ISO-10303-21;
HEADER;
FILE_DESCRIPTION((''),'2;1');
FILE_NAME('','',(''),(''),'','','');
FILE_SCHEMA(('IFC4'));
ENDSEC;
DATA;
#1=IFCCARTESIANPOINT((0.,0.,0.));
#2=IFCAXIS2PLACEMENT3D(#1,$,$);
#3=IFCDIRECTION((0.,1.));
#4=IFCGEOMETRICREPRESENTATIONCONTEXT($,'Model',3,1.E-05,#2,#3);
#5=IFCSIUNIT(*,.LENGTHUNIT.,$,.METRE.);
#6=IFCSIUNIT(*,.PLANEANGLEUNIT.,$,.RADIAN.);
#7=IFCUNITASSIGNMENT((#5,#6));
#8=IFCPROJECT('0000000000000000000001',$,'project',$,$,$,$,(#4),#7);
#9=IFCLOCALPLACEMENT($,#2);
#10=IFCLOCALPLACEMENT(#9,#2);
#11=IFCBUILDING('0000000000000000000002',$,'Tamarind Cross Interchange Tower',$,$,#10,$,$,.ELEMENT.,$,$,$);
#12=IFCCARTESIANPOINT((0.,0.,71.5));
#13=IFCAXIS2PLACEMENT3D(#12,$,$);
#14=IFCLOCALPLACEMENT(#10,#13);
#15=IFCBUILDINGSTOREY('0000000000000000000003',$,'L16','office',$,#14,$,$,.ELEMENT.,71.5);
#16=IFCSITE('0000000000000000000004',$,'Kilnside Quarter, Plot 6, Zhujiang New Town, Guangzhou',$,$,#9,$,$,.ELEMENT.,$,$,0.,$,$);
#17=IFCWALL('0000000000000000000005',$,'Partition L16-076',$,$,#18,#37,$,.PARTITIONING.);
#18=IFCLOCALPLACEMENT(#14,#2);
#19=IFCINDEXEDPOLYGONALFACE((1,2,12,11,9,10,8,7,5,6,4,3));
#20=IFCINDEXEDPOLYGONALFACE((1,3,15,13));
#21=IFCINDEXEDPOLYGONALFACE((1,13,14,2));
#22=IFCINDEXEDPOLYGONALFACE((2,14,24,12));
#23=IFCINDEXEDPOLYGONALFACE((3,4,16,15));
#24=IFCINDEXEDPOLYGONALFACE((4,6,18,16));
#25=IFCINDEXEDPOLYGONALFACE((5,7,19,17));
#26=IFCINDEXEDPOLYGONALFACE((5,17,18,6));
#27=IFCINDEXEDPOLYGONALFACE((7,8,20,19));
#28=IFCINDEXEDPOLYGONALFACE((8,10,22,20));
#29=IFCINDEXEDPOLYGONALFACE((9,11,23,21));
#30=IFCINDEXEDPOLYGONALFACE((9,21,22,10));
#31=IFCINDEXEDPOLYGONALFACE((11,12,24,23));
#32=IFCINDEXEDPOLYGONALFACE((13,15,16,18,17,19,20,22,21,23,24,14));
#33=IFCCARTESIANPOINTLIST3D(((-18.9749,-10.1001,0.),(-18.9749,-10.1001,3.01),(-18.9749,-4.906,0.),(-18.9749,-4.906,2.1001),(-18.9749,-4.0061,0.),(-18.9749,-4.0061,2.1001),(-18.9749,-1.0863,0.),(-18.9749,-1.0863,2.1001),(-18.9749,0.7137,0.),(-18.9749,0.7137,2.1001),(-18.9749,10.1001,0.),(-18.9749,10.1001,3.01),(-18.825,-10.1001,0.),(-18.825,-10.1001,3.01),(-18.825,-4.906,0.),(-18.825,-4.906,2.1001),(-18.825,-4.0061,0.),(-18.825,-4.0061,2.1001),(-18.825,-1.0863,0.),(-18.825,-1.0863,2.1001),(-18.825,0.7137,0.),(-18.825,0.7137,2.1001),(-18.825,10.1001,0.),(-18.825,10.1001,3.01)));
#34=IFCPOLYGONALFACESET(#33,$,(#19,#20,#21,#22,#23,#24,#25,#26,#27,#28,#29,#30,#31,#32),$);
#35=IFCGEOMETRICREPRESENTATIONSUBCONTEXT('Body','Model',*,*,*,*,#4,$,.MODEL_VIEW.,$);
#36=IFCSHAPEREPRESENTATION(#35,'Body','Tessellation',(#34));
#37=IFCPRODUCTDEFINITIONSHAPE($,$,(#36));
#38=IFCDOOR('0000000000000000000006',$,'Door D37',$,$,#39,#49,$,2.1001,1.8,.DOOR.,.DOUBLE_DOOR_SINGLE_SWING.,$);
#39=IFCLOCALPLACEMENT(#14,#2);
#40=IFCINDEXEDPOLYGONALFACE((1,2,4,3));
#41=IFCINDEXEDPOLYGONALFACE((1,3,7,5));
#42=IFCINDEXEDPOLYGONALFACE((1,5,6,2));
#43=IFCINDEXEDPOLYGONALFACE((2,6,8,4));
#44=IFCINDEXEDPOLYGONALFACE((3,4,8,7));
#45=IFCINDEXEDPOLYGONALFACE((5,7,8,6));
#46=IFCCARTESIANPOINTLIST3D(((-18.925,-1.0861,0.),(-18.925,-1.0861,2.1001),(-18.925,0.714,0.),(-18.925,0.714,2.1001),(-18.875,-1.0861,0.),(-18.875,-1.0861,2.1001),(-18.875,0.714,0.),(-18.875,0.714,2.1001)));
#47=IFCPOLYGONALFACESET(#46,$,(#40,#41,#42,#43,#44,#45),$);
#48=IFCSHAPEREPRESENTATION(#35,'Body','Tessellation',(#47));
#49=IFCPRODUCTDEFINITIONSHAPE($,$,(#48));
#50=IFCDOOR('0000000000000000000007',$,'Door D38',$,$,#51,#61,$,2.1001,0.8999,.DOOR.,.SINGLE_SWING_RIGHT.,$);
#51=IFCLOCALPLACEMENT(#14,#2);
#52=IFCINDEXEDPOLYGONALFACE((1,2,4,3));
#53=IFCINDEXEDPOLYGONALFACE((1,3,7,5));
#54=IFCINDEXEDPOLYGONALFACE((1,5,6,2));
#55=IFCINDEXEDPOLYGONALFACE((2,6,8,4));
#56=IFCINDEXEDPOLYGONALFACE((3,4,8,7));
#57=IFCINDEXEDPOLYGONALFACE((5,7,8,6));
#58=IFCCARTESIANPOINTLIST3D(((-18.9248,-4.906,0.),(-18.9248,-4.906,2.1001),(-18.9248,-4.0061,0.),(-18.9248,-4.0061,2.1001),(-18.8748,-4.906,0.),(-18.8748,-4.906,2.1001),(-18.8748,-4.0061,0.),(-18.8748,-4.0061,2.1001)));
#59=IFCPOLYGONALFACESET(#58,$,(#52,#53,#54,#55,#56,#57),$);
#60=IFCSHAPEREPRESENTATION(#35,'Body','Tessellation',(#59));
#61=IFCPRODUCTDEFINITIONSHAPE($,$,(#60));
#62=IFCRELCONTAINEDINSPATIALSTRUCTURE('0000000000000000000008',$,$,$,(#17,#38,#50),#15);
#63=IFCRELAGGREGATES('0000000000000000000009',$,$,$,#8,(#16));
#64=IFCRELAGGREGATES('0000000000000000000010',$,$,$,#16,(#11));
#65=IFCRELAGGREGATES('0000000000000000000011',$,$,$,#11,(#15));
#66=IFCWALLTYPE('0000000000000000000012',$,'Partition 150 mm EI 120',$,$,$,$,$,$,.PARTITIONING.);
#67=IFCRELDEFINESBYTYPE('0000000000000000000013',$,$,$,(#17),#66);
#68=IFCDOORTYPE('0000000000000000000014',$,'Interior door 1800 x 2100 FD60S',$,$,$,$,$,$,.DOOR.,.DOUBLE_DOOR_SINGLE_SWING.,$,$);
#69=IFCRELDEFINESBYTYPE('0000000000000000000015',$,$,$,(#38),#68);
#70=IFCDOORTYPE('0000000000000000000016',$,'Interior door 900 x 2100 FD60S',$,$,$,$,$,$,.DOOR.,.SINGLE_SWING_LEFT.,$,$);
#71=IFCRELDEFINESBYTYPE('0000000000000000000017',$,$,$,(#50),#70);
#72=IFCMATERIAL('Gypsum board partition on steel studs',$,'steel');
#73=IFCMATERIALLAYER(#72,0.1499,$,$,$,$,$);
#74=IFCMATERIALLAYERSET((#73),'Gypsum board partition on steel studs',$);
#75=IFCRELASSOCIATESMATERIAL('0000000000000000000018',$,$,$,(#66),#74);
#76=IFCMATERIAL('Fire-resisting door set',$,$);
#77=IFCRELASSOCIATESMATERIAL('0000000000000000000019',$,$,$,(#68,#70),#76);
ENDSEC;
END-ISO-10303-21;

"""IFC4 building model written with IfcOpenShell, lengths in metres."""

from ifc_helpers import new_model, si_unit, direction, frame, frame_2d, origin, place, context, subcontext, project, spatial, rectangle, extrude, material, layer, layer_set, type_object, element, fill, save


model = new_model("IFC4")

# Units and contexts
model_context = context("Model", 3, precision=1e-05, world=origin(), true_north=direction((0.0, 1.0)))
body_context = subcontext(model_context, "Body", "Model", "MODEL_VIEW")
ifc_project = project(units=[si_unit("LENGTHUNIT", "METRE"), si_unit("PLANEANGLEUNIT", "RADIAN")], contexts=[model_context])

# Site, building, storey
site_placement = place(None, origin())
site = spatial("IfcSite", under=ifc_project, at=site_placement, Name="Kilnside Quarter, Plot 6, Zhujiang New Town, Guangzhou", CompositionType="ELEMENT", RefElevation=0.0)
building_placement = place(site_placement, origin())
building = spatial("IfcBuilding", under=site, at=building_placement, Name="Tamarind Cross Interchange Tower", CompositionType="ELEMENT")
storey_placement = place(building_placement, frame((0.0, 0.0, 71.5)))
storey = spatial("IfcBuildingStorey", under=building, at=storey_placement, Name="L16", Description="office", CompositionType="ELEMENT", Elevation=71.5)

# Shared definitions
ifc_material_1 = material(Name="Gypsum board partition on steel studs", Category="steel")
ifc_layer_1 = layer(ifc_material_1, 0.1499)
ifc_layer_set_1 = layer_set([ifc_layer_1], Name="Gypsum board partition on steel studs")
wall_type_1 = type_object("IfcWallType", Name="Partition 150 mm EI 120", PredefinedType="PARTITIONING", material=ifc_layer_set_1)

# Wall, openings, doors
ifc_material_2 = material(Name="Fire-resisting door set")
door_type_1 = type_object("IfcDoorType", Name="Interior door 1800 x 2100 FD60S", OperationType="DOUBLE_DOOR_SINGLE_SWING", PredefinedType="DOOR", material=ifc_material_2)
wall_1_placement = place(storey_placement, frame((-18.8999, -10.1001, 0.0), z_axis=(0.0, 0.0, 1.0), x_axis=(0.0, 1.0, 0.0)))
wall_1 = element("IfcWall", 1, at=wall_1_placement, inside=storey, type_object=wall_type_1, Name="Partition L16-076", PredefinedType="PARTITIONING", context=body_context, shape_type="SweptSolid", body=[
    extrude(rectangle(XDim=20.2002, YDim=0.1499, at=frame_2d((10.1001, 0.0))), origin(), (0.0, 0.0, 1.0), 3.01),
])
opening_1_placement = place(wall_1_placement, frame((9.0139, 0.0, 0.0)))
opening_1 = element("IfcOpeningElement", 2, at=opening_1_placement, cuts=wall_1, PredefinedType="OPENING", context=body_context, shape_type="SweptSolid", body=[
    extrude(rectangle(XDim=1.8, YDim=2.1001, at=frame_2d((0.8999, 1.05))), frame((0.0, 0.085, 0.0), z_axis=(0.0, -1.0, 0.0), x_axis=(1.0, 0.0, 0.0)), (0.0, 0.0, 1.0), 0.1699),
])
opening_2_placement = place(wall_1_placement, frame((5.1941, 0.0, 0.0)))
opening_2 = element("IfcOpeningElement", 3, at=opening_2_placement, cuts=wall_1, PredefinedType="OPENING", context=body_context, shape_type="SweptSolid", body=[
    extrude(rectangle(XDim=0.8999, YDim=2.1001, at=frame_2d((0.45, 1.05))), frame((0.0, 0.085, 0.0), z_axis=(0.0, -1.0, 0.0), x_axis=(1.0, 0.0, 0.0)), (0.0, 0.0, 1.0), 0.1699),
])
door_1_placement = place(opening_1_placement, frame((1.8, 0.0, 0.0), z_axis=(0.0, 0.0, 1.0), x_axis=(-1.0, 0.0, 0.0)))
door_1 = element("IfcDoor", 4, at=door_1_placement, inside=storey, type_object=door_type_1, Name="Door D37", OperationType="DOUBLE_DOOR_SINGLE_SWING", OverallHeight=2.1001, OverallWidth=1.8, PredefinedType="DOOR", context=body_context, shape_type="SweptSolid", body=[
    extrude(rectangle(XDim=1.8, YDim=2.1001, at=frame_2d((0.8999, 1.05))), frame((0.0, 0.0249, 0.0), z_axis=(0.0, -1.0, 0.0), x_axis=(1.0, 0.0, 0.0)), (0.0, 0.0, 1.0), 0.05),
])
fill(opening_1, door_1)
door_type_2 = type_object("IfcDoorType", Name="Interior door 900 x 2100 FD60S", OperationType="SINGLE_SWING_LEFT", PredefinedType="DOOR", material=ifc_material_2)
door_2_placement = place(opening_2_placement, origin())
door_2 = element("IfcDoor", 5, at=door_2_placement, inside=storey, type_object=door_type_2, Name="Door D38", OperationType="SINGLE_SWING_RIGHT", OverallHeight=2.1001, OverallWidth=0.8999, PredefinedType="DOOR", context=body_context, shape_type="SweptSolid", body=[
    extrude(rectangle(XDim=0.8999, YDim=2.1001, at=frame_2d((0.45, 1.05))), frame((0.0, 0.0249, 0.0), z_axis=(0.0, -1.0, 0.0), x_axis=(1.0, 0.0, 0.0)), (0.0, 0.0, 1.0), 0.05),
])
fill(opening_2, door_2)

save(model, "model.ifc")
